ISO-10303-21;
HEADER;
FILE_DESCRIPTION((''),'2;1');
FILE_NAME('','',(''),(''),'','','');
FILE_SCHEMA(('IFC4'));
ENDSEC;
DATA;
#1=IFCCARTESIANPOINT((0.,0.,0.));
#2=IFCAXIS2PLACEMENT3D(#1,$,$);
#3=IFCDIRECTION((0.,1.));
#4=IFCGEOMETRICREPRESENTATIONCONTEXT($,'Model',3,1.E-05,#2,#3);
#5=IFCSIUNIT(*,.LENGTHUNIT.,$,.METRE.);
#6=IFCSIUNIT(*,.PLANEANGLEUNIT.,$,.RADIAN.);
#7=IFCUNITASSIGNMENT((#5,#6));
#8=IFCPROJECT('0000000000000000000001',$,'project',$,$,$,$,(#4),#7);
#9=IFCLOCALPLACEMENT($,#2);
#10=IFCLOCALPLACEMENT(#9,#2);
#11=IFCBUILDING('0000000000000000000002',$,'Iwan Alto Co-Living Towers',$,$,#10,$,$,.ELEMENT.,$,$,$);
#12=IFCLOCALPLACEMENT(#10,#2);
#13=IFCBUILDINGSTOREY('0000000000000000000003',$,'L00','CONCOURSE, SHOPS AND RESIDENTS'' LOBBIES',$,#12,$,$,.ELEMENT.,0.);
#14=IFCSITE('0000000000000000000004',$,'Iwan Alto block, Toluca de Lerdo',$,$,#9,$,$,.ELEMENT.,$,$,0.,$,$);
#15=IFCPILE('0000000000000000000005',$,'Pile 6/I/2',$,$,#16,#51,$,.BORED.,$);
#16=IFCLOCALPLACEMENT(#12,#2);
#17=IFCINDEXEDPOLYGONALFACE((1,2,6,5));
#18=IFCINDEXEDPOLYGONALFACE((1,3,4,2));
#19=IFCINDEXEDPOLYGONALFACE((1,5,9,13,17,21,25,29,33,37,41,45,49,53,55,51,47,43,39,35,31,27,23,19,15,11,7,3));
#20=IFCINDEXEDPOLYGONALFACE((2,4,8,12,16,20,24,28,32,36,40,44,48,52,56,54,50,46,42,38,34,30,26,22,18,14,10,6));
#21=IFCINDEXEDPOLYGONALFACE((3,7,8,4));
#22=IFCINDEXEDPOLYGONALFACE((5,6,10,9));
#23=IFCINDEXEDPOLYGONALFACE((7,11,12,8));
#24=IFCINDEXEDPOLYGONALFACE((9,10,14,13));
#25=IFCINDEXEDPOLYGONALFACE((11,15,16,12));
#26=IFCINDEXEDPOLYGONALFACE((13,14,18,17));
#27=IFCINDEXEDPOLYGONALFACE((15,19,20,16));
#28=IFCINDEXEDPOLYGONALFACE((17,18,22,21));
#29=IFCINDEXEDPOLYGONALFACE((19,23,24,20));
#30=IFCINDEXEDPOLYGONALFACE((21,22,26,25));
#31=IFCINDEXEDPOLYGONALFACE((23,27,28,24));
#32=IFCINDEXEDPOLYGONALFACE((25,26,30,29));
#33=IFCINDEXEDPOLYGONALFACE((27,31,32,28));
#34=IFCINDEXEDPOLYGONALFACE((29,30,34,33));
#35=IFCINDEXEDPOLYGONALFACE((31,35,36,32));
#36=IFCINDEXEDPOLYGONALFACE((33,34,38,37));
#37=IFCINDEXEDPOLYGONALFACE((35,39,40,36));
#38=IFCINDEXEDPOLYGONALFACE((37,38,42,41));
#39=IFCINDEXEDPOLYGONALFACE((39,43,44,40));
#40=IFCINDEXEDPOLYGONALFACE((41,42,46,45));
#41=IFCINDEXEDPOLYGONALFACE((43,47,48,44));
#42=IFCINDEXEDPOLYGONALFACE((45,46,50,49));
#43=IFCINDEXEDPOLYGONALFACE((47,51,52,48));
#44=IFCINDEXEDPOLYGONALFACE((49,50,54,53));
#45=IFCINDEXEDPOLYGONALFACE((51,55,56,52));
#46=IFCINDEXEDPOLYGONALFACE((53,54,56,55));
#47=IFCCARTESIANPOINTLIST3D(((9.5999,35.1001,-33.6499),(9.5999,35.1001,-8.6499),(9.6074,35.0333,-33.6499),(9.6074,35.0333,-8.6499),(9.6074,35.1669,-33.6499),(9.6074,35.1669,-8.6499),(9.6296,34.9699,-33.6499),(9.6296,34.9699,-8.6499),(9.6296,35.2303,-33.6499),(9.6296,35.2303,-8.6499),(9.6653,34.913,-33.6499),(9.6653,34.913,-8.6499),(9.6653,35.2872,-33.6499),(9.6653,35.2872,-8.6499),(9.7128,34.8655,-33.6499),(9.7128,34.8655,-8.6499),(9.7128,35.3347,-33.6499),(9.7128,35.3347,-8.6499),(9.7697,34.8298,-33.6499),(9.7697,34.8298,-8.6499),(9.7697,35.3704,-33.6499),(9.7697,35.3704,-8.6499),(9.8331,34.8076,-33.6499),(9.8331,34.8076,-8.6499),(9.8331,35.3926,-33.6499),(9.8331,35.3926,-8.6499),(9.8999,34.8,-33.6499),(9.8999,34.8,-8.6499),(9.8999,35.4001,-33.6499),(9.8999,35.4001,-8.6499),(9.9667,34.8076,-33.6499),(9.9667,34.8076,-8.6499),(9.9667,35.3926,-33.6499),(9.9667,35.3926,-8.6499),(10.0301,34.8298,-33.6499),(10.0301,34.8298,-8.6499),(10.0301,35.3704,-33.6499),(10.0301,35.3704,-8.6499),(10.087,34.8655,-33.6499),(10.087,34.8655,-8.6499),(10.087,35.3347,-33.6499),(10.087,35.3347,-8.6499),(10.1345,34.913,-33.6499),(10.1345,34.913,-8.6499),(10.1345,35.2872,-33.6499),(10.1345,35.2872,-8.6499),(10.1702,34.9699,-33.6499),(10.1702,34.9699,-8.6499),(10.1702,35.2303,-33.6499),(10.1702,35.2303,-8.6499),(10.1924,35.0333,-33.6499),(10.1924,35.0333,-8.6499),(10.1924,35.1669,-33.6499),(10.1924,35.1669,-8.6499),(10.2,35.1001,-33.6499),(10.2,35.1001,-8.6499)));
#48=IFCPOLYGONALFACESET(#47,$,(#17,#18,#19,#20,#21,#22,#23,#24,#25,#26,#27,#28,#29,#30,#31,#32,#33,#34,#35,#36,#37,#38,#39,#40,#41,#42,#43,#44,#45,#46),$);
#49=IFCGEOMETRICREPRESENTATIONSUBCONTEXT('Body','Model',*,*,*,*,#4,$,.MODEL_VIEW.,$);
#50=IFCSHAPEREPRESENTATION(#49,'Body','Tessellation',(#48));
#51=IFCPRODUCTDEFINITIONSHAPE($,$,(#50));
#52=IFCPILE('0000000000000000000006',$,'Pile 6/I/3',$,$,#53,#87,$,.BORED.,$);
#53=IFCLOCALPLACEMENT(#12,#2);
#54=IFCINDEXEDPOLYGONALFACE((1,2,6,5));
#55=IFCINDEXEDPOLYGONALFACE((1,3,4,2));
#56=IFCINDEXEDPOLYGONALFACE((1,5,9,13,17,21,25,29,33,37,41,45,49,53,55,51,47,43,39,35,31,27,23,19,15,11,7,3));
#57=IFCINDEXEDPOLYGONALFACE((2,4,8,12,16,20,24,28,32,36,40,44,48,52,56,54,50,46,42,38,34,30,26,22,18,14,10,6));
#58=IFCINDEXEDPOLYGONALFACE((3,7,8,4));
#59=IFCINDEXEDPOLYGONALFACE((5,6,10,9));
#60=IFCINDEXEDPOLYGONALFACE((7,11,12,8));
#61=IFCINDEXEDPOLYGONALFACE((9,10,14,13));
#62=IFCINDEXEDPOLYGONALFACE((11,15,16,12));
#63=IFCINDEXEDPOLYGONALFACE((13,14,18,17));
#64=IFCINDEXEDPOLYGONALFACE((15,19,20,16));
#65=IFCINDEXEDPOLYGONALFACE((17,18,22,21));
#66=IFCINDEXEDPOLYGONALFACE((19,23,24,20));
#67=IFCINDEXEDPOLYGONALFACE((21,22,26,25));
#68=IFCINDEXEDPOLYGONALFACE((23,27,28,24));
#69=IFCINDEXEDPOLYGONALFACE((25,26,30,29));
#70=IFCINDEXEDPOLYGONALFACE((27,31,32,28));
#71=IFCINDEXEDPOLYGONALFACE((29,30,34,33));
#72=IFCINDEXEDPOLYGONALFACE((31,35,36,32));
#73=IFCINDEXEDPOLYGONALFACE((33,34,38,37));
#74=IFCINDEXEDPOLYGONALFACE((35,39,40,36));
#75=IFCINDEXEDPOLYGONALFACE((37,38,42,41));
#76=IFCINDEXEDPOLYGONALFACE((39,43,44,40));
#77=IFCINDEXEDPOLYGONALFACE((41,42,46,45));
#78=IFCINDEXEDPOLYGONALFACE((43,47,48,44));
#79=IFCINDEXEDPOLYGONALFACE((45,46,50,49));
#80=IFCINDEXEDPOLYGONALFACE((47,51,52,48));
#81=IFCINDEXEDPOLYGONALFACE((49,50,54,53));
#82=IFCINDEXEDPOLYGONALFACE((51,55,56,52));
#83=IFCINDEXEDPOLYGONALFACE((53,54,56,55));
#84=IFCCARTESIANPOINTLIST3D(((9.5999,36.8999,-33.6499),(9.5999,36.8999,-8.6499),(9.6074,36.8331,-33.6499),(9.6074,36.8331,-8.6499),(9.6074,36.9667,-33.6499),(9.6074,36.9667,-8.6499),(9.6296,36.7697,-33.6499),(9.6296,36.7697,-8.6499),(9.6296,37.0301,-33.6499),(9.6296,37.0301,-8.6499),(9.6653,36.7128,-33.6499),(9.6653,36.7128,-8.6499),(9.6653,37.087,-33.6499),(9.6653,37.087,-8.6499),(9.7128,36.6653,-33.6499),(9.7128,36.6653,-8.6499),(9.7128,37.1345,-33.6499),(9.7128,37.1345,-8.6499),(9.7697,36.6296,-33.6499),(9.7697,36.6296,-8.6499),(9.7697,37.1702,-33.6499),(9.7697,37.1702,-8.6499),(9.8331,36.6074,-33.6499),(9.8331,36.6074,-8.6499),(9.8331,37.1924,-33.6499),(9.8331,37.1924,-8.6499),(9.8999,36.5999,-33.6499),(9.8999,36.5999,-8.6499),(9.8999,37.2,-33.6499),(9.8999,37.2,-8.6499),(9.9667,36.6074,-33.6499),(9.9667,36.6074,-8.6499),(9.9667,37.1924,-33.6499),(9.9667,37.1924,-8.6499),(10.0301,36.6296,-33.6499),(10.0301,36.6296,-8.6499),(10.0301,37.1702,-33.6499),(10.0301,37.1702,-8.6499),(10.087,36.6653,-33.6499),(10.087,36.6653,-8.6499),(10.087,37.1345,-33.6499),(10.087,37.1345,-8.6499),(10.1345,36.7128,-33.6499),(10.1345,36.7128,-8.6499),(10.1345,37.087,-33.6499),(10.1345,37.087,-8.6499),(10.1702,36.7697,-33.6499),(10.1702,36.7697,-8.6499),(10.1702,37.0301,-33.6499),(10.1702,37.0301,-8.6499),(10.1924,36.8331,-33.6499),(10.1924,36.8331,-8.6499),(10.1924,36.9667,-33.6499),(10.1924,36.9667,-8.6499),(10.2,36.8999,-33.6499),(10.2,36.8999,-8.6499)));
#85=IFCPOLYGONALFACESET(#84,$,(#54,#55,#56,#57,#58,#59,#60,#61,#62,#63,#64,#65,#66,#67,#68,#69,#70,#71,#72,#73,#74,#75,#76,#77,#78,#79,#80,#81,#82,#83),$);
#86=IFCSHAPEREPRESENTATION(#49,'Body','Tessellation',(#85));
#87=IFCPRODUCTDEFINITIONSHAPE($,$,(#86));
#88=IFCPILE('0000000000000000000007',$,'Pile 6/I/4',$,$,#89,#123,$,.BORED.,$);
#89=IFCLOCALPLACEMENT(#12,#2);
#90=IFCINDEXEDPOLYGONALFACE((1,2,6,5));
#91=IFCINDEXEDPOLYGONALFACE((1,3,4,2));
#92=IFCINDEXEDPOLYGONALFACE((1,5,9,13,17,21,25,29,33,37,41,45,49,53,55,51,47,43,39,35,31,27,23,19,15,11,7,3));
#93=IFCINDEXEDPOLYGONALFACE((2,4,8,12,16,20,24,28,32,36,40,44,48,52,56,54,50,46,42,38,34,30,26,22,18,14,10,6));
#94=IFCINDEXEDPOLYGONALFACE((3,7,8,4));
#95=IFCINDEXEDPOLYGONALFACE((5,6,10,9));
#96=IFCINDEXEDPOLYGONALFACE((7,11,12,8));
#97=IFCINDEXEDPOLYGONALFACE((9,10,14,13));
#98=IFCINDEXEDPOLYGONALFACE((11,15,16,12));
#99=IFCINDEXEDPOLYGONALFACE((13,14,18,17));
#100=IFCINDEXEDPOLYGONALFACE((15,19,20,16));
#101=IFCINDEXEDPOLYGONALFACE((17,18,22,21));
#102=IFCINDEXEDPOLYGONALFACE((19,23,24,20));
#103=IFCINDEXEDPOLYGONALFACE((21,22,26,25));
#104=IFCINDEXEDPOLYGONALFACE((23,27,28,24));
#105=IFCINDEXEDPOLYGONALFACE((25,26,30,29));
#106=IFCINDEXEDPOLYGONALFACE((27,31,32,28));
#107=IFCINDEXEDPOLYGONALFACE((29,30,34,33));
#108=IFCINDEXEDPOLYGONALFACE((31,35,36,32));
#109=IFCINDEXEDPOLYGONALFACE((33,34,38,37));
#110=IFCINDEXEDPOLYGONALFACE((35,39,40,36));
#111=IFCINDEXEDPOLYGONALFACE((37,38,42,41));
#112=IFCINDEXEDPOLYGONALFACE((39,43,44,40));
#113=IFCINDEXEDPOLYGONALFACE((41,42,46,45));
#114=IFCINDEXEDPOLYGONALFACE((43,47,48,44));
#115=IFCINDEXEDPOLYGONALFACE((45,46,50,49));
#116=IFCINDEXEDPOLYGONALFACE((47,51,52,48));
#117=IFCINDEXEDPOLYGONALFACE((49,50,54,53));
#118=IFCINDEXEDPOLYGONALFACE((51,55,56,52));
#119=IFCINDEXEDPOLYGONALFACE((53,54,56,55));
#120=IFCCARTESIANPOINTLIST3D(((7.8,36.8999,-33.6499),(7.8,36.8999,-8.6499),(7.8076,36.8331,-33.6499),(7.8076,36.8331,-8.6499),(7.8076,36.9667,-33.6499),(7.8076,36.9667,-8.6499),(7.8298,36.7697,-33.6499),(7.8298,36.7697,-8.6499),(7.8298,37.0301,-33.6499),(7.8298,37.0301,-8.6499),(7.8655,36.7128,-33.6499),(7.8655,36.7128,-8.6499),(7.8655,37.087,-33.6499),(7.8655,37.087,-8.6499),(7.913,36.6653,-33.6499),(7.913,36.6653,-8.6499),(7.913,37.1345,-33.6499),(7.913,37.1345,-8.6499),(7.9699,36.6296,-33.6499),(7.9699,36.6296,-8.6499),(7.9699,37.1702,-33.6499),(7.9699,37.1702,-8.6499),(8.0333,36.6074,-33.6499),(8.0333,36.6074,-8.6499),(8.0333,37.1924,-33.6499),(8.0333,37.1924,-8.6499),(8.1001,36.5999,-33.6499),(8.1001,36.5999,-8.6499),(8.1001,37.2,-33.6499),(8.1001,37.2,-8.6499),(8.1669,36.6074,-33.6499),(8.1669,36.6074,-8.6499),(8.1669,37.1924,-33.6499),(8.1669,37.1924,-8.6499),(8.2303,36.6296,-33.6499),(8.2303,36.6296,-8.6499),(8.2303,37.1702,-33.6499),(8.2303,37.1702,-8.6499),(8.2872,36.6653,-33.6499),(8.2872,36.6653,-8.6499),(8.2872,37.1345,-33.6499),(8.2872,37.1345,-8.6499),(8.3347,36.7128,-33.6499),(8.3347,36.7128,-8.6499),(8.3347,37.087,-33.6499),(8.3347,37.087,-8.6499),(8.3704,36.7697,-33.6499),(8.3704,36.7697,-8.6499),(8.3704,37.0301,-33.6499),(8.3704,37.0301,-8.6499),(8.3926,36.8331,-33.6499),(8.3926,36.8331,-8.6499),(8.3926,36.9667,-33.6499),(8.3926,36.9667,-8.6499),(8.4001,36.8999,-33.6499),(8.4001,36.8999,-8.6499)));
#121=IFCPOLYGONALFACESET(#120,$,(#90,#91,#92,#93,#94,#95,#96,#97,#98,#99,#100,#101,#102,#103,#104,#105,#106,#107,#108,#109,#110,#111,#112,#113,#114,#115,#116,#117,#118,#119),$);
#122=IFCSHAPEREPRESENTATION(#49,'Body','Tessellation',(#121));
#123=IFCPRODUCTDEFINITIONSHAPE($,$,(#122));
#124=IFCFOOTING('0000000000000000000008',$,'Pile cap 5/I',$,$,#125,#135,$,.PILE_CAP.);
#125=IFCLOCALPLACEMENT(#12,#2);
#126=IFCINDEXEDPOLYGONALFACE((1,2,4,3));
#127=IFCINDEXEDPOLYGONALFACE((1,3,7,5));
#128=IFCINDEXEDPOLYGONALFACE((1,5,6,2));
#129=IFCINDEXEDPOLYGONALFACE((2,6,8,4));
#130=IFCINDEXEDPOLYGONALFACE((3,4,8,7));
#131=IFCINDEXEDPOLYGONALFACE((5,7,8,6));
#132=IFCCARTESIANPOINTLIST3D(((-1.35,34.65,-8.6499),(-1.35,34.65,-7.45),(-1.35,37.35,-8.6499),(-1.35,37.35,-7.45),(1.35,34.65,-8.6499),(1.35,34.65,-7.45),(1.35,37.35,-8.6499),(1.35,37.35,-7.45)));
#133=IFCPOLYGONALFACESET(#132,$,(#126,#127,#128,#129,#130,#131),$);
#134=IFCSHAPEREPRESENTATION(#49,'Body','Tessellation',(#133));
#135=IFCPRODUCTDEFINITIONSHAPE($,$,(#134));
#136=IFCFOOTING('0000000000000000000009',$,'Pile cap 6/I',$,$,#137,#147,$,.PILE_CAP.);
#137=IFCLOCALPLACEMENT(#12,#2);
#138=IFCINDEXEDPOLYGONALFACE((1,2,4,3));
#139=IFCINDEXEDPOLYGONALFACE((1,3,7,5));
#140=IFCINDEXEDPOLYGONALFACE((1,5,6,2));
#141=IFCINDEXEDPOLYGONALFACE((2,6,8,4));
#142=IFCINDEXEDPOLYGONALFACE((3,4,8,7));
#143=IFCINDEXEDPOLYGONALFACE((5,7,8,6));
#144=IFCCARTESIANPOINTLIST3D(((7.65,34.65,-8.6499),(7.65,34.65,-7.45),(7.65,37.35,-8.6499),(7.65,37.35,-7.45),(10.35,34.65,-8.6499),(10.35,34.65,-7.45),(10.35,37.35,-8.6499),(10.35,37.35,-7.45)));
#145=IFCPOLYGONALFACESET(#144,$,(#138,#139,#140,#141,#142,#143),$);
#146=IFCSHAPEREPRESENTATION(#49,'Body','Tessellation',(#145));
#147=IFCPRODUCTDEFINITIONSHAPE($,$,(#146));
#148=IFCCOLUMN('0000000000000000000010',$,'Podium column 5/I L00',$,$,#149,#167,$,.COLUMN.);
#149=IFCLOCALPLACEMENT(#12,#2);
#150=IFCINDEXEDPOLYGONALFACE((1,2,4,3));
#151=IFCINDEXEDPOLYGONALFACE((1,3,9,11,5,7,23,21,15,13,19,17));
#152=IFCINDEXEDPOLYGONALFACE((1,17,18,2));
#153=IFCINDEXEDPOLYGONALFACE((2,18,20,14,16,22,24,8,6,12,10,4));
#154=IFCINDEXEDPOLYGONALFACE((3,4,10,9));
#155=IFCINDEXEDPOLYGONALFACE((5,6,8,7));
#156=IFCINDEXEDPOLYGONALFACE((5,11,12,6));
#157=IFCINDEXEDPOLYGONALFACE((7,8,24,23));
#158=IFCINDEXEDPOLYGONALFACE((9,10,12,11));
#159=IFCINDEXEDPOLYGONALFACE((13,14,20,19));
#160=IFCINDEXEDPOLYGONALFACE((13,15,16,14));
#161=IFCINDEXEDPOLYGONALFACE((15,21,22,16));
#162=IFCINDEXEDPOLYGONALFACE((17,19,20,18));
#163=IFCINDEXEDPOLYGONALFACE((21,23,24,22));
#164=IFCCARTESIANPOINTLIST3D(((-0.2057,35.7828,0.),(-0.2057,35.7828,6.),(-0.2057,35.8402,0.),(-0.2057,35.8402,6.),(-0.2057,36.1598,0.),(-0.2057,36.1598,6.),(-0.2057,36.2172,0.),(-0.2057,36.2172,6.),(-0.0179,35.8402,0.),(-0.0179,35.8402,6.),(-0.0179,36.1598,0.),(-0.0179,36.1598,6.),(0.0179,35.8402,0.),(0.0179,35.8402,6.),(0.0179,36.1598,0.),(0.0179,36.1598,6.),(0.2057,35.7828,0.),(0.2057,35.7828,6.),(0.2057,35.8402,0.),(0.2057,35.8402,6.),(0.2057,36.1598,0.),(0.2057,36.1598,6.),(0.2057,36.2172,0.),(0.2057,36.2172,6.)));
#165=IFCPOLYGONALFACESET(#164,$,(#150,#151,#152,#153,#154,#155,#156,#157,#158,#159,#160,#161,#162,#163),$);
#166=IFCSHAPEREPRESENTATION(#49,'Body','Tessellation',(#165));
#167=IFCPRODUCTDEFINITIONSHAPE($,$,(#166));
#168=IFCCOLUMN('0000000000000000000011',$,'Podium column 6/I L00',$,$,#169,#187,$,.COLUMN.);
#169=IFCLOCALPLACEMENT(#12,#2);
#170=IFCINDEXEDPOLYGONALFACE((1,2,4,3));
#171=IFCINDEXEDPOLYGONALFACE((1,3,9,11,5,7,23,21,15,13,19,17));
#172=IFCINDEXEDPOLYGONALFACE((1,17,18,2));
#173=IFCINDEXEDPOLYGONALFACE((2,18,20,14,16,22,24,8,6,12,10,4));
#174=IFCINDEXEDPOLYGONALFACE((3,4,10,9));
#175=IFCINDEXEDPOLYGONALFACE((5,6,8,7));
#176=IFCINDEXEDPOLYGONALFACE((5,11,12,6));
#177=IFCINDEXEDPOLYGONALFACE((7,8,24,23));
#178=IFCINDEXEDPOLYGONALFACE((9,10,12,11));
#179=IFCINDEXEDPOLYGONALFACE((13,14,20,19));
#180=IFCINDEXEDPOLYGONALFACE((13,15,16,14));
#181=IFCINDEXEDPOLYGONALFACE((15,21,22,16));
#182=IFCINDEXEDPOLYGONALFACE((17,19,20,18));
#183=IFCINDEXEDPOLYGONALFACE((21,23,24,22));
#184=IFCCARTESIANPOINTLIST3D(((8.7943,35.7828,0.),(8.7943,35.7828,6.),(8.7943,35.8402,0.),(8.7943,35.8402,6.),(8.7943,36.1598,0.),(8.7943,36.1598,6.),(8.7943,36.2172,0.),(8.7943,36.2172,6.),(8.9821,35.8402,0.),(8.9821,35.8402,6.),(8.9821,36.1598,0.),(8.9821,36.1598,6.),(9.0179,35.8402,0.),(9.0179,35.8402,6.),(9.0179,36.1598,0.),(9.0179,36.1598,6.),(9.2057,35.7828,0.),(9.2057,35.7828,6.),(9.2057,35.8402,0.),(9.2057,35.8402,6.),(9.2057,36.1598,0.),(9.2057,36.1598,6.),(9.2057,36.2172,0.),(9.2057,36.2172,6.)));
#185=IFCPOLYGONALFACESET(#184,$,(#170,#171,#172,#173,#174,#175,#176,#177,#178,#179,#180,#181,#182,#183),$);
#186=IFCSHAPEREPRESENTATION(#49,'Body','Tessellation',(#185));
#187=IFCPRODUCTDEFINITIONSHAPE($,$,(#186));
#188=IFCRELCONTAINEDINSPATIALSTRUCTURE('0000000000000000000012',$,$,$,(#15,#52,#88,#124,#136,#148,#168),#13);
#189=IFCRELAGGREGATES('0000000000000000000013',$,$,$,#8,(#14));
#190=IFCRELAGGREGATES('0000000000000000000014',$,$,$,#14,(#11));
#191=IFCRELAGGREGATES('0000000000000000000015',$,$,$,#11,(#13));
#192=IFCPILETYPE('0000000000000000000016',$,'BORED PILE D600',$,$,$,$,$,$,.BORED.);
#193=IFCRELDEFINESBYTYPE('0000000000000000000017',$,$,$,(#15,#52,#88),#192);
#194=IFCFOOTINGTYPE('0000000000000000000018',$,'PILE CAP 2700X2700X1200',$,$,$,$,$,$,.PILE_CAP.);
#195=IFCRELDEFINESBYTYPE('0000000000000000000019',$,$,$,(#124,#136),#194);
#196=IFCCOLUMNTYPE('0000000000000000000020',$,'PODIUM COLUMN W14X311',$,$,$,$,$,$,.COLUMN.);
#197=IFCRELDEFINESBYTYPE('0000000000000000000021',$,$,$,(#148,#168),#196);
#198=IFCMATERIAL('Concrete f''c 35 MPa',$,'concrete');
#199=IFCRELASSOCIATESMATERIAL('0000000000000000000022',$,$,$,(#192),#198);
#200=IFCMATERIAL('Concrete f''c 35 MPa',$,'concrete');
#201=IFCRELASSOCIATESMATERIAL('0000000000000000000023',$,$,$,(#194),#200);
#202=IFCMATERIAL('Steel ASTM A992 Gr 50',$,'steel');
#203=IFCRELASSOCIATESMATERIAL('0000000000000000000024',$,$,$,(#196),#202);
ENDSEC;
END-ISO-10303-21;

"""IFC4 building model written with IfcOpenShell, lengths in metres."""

from ifc_helpers import new_model, si_unit, direction, frame, origin, origin_2d, place, context, subcontext, project, spatial, rectangle, circle, i_section, extrude, material, material_profile, profile_set, type_object, element, save


model = new_model("IFC4")

# Units and contexts
model_context = context("Model", 3, precision=1e-05, world=origin(), true_north=direction((0.0, 1.0)))
body_context = subcontext(model_context, "Body", "Model", "MODEL_VIEW")
ifc_project = project(units=[si_unit("LENGTHUNIT", "METRE"), si_unit("PLANEANGLEUNIT", "RADIAN")], contexts=[model_context])

# Site, building, storey
site_placement = place(None, origin())
site = spatial("IfcSite", under=ifc_project, at=site_placement, Name="Iwan Alto block, Toluca de Lerdo", CompositionType="ELEMENT", RefElevation=0.0)
building_placement = place(site_placement, origin())
building = spatial("IfcBuilding", under=site, at=building_placement, Name="Iwan Alto Co-Living Towers", CompositionType="ELEMENT")
storey_placement = place(building_placement, origin())
storey = spatial("IfcBuildingStorey", under=building, at=storey_placement, Name="L00", Description="CONCOURSE, SHOPS AND RESIDENTS' LOBBIES", CompositionType="ELEMENT", Elevation=0.0)

# Piles
ifc_material_1 = material(Name="Concrete f'c 35 MPa", Category="concrete")
ifc_material_profile_1 = material_profile(ifc_material_1, circle(Radius=0.3, at=origin_2d()), Name="D600")
ifc_profile_set_1 = profile_set([ifc_material_profile_1], Name="Concrete f'c 35 MPa")
pile_type_1 = type_object("IfcPileType", Name="BORED PILE D600", PredefinedType="BORED", material=ifc_profile_set_1)
for number, where, z_axis, x_axis, name in (
    (1, (9.8999, 35.1001, -8.6499), (0.0, 0.0, -1.0), (1.0, 0.0, 0.0), "Pile 6/I/2"),
    (2, (9.8999, 36.8999, -8.6499), (0.0, 0.0, -1.0), (1.0, 0.0, 0.0), "Pile 6/I/3"),
    (3, (8.1001, 36.8999, -8.6499), (0.0, 0.0, -1.0), (1.0, 0.0, 0.0), "Pile 6/I/4"),
):
    element("IfcPile", number, at=place(storey_placement, frame(where, z_axis=z_axis, x_axis=x_axis)), inside=storey, type_object=pile_type_1, Name=name, PredefinedType="BORED", context=body_context, shape_type="SweptSolid", body=[
        extrude(circle(Radius=0.3, at=origin_2d()), origin(), (0.0, 0.0, 1.0), 25.0),
    ])

# Footings
ifc_material_2 = material(Name="Concrete f'c 35 MPa", Category="concrete")
footing_type = type_object("IfcFootingType", Name="PILE CAP 2700X2700X1200", PredefinedType="PILE_CAP", material=ifc_material_2)
for number, where, z_axis, x_axis, name in (
    (4, (0.0, 36.0, -8.6499), (0.0, 0.0, 1.0), (1.0, 0.0, 0.0), "Pile cap 5/I"),
    (5, (9.0, 36.0, -8.6499), (0.0, 0.0, 1.0), (1.0, 0.0, 0.0), "Pile cap 6/I"),
):
    element("IfcFooting", number, at=place(storey_placement, frame(where, z_axis=z_axis, x_axis=x_axis)), inside=storey, type_object=footing_type, Name=name, PredefinedType="PILE_CAP", context=body_context, shape_type="SweptSolid", body=[
        extrude(rectangle(XDim=2.7, YDim=2.7, at=origin_2d()), origin(), (0.0, 0.0, 1.0), 1.2),
    ])

# Columns
ifc_material_3 = material(Name="Steel ASTM A992 Gr 50", Category="steel")
ifc_material_profile_2 = material_profile(ifc_material_3, i_section(OverallWidth=0.4114, OverallDepth=0.4343, WebThickness=0.0359, FlangeThickness=0.0574, at=origin_2d()), Name="W14X311")
ifc_profile_set_2 = profile_set([ifc_material_profile_2], Name="Steel ASTM A992 Gr 50")
column_type = type_object("IfcColumnType", Name="PODIUM COLUMN W14X311", PredefinedType="COLUMN", material=ifc_profile_set_2)
for number, where, z_axis, x_axis, name in (
    (6, (0.0, 36.0, 0.0), (0.0, 0.0, 1.0), (1.0, 0.0, 0.0), "Podium column 5/I L00"),
    (7, (9.0, 36.0, 0.0), (0.0, 0.0, 1.0), (1.0, 0.0, 0.0), "Podium column 6/I L00"),
):
    element("IfcColumn", number, at=place(storey_placement, frame(where, z_axis=z_axis, x_axis=x_axis)), inside=storey, type_object=column_type, Name=name, PredefinedType="COLUMN", context=body_context, shape_type="SweptSolid", body=[
        extrude(i_section(OverallWidth=0.4114, OverallDepth=0.4343, WebThickness=0.0359, FlangeThickness=0.0574, at=origin_2d()), origin(), (0.0, 0.0, 1.0), 6.0),
    ])

save(model, "model.ifc")
